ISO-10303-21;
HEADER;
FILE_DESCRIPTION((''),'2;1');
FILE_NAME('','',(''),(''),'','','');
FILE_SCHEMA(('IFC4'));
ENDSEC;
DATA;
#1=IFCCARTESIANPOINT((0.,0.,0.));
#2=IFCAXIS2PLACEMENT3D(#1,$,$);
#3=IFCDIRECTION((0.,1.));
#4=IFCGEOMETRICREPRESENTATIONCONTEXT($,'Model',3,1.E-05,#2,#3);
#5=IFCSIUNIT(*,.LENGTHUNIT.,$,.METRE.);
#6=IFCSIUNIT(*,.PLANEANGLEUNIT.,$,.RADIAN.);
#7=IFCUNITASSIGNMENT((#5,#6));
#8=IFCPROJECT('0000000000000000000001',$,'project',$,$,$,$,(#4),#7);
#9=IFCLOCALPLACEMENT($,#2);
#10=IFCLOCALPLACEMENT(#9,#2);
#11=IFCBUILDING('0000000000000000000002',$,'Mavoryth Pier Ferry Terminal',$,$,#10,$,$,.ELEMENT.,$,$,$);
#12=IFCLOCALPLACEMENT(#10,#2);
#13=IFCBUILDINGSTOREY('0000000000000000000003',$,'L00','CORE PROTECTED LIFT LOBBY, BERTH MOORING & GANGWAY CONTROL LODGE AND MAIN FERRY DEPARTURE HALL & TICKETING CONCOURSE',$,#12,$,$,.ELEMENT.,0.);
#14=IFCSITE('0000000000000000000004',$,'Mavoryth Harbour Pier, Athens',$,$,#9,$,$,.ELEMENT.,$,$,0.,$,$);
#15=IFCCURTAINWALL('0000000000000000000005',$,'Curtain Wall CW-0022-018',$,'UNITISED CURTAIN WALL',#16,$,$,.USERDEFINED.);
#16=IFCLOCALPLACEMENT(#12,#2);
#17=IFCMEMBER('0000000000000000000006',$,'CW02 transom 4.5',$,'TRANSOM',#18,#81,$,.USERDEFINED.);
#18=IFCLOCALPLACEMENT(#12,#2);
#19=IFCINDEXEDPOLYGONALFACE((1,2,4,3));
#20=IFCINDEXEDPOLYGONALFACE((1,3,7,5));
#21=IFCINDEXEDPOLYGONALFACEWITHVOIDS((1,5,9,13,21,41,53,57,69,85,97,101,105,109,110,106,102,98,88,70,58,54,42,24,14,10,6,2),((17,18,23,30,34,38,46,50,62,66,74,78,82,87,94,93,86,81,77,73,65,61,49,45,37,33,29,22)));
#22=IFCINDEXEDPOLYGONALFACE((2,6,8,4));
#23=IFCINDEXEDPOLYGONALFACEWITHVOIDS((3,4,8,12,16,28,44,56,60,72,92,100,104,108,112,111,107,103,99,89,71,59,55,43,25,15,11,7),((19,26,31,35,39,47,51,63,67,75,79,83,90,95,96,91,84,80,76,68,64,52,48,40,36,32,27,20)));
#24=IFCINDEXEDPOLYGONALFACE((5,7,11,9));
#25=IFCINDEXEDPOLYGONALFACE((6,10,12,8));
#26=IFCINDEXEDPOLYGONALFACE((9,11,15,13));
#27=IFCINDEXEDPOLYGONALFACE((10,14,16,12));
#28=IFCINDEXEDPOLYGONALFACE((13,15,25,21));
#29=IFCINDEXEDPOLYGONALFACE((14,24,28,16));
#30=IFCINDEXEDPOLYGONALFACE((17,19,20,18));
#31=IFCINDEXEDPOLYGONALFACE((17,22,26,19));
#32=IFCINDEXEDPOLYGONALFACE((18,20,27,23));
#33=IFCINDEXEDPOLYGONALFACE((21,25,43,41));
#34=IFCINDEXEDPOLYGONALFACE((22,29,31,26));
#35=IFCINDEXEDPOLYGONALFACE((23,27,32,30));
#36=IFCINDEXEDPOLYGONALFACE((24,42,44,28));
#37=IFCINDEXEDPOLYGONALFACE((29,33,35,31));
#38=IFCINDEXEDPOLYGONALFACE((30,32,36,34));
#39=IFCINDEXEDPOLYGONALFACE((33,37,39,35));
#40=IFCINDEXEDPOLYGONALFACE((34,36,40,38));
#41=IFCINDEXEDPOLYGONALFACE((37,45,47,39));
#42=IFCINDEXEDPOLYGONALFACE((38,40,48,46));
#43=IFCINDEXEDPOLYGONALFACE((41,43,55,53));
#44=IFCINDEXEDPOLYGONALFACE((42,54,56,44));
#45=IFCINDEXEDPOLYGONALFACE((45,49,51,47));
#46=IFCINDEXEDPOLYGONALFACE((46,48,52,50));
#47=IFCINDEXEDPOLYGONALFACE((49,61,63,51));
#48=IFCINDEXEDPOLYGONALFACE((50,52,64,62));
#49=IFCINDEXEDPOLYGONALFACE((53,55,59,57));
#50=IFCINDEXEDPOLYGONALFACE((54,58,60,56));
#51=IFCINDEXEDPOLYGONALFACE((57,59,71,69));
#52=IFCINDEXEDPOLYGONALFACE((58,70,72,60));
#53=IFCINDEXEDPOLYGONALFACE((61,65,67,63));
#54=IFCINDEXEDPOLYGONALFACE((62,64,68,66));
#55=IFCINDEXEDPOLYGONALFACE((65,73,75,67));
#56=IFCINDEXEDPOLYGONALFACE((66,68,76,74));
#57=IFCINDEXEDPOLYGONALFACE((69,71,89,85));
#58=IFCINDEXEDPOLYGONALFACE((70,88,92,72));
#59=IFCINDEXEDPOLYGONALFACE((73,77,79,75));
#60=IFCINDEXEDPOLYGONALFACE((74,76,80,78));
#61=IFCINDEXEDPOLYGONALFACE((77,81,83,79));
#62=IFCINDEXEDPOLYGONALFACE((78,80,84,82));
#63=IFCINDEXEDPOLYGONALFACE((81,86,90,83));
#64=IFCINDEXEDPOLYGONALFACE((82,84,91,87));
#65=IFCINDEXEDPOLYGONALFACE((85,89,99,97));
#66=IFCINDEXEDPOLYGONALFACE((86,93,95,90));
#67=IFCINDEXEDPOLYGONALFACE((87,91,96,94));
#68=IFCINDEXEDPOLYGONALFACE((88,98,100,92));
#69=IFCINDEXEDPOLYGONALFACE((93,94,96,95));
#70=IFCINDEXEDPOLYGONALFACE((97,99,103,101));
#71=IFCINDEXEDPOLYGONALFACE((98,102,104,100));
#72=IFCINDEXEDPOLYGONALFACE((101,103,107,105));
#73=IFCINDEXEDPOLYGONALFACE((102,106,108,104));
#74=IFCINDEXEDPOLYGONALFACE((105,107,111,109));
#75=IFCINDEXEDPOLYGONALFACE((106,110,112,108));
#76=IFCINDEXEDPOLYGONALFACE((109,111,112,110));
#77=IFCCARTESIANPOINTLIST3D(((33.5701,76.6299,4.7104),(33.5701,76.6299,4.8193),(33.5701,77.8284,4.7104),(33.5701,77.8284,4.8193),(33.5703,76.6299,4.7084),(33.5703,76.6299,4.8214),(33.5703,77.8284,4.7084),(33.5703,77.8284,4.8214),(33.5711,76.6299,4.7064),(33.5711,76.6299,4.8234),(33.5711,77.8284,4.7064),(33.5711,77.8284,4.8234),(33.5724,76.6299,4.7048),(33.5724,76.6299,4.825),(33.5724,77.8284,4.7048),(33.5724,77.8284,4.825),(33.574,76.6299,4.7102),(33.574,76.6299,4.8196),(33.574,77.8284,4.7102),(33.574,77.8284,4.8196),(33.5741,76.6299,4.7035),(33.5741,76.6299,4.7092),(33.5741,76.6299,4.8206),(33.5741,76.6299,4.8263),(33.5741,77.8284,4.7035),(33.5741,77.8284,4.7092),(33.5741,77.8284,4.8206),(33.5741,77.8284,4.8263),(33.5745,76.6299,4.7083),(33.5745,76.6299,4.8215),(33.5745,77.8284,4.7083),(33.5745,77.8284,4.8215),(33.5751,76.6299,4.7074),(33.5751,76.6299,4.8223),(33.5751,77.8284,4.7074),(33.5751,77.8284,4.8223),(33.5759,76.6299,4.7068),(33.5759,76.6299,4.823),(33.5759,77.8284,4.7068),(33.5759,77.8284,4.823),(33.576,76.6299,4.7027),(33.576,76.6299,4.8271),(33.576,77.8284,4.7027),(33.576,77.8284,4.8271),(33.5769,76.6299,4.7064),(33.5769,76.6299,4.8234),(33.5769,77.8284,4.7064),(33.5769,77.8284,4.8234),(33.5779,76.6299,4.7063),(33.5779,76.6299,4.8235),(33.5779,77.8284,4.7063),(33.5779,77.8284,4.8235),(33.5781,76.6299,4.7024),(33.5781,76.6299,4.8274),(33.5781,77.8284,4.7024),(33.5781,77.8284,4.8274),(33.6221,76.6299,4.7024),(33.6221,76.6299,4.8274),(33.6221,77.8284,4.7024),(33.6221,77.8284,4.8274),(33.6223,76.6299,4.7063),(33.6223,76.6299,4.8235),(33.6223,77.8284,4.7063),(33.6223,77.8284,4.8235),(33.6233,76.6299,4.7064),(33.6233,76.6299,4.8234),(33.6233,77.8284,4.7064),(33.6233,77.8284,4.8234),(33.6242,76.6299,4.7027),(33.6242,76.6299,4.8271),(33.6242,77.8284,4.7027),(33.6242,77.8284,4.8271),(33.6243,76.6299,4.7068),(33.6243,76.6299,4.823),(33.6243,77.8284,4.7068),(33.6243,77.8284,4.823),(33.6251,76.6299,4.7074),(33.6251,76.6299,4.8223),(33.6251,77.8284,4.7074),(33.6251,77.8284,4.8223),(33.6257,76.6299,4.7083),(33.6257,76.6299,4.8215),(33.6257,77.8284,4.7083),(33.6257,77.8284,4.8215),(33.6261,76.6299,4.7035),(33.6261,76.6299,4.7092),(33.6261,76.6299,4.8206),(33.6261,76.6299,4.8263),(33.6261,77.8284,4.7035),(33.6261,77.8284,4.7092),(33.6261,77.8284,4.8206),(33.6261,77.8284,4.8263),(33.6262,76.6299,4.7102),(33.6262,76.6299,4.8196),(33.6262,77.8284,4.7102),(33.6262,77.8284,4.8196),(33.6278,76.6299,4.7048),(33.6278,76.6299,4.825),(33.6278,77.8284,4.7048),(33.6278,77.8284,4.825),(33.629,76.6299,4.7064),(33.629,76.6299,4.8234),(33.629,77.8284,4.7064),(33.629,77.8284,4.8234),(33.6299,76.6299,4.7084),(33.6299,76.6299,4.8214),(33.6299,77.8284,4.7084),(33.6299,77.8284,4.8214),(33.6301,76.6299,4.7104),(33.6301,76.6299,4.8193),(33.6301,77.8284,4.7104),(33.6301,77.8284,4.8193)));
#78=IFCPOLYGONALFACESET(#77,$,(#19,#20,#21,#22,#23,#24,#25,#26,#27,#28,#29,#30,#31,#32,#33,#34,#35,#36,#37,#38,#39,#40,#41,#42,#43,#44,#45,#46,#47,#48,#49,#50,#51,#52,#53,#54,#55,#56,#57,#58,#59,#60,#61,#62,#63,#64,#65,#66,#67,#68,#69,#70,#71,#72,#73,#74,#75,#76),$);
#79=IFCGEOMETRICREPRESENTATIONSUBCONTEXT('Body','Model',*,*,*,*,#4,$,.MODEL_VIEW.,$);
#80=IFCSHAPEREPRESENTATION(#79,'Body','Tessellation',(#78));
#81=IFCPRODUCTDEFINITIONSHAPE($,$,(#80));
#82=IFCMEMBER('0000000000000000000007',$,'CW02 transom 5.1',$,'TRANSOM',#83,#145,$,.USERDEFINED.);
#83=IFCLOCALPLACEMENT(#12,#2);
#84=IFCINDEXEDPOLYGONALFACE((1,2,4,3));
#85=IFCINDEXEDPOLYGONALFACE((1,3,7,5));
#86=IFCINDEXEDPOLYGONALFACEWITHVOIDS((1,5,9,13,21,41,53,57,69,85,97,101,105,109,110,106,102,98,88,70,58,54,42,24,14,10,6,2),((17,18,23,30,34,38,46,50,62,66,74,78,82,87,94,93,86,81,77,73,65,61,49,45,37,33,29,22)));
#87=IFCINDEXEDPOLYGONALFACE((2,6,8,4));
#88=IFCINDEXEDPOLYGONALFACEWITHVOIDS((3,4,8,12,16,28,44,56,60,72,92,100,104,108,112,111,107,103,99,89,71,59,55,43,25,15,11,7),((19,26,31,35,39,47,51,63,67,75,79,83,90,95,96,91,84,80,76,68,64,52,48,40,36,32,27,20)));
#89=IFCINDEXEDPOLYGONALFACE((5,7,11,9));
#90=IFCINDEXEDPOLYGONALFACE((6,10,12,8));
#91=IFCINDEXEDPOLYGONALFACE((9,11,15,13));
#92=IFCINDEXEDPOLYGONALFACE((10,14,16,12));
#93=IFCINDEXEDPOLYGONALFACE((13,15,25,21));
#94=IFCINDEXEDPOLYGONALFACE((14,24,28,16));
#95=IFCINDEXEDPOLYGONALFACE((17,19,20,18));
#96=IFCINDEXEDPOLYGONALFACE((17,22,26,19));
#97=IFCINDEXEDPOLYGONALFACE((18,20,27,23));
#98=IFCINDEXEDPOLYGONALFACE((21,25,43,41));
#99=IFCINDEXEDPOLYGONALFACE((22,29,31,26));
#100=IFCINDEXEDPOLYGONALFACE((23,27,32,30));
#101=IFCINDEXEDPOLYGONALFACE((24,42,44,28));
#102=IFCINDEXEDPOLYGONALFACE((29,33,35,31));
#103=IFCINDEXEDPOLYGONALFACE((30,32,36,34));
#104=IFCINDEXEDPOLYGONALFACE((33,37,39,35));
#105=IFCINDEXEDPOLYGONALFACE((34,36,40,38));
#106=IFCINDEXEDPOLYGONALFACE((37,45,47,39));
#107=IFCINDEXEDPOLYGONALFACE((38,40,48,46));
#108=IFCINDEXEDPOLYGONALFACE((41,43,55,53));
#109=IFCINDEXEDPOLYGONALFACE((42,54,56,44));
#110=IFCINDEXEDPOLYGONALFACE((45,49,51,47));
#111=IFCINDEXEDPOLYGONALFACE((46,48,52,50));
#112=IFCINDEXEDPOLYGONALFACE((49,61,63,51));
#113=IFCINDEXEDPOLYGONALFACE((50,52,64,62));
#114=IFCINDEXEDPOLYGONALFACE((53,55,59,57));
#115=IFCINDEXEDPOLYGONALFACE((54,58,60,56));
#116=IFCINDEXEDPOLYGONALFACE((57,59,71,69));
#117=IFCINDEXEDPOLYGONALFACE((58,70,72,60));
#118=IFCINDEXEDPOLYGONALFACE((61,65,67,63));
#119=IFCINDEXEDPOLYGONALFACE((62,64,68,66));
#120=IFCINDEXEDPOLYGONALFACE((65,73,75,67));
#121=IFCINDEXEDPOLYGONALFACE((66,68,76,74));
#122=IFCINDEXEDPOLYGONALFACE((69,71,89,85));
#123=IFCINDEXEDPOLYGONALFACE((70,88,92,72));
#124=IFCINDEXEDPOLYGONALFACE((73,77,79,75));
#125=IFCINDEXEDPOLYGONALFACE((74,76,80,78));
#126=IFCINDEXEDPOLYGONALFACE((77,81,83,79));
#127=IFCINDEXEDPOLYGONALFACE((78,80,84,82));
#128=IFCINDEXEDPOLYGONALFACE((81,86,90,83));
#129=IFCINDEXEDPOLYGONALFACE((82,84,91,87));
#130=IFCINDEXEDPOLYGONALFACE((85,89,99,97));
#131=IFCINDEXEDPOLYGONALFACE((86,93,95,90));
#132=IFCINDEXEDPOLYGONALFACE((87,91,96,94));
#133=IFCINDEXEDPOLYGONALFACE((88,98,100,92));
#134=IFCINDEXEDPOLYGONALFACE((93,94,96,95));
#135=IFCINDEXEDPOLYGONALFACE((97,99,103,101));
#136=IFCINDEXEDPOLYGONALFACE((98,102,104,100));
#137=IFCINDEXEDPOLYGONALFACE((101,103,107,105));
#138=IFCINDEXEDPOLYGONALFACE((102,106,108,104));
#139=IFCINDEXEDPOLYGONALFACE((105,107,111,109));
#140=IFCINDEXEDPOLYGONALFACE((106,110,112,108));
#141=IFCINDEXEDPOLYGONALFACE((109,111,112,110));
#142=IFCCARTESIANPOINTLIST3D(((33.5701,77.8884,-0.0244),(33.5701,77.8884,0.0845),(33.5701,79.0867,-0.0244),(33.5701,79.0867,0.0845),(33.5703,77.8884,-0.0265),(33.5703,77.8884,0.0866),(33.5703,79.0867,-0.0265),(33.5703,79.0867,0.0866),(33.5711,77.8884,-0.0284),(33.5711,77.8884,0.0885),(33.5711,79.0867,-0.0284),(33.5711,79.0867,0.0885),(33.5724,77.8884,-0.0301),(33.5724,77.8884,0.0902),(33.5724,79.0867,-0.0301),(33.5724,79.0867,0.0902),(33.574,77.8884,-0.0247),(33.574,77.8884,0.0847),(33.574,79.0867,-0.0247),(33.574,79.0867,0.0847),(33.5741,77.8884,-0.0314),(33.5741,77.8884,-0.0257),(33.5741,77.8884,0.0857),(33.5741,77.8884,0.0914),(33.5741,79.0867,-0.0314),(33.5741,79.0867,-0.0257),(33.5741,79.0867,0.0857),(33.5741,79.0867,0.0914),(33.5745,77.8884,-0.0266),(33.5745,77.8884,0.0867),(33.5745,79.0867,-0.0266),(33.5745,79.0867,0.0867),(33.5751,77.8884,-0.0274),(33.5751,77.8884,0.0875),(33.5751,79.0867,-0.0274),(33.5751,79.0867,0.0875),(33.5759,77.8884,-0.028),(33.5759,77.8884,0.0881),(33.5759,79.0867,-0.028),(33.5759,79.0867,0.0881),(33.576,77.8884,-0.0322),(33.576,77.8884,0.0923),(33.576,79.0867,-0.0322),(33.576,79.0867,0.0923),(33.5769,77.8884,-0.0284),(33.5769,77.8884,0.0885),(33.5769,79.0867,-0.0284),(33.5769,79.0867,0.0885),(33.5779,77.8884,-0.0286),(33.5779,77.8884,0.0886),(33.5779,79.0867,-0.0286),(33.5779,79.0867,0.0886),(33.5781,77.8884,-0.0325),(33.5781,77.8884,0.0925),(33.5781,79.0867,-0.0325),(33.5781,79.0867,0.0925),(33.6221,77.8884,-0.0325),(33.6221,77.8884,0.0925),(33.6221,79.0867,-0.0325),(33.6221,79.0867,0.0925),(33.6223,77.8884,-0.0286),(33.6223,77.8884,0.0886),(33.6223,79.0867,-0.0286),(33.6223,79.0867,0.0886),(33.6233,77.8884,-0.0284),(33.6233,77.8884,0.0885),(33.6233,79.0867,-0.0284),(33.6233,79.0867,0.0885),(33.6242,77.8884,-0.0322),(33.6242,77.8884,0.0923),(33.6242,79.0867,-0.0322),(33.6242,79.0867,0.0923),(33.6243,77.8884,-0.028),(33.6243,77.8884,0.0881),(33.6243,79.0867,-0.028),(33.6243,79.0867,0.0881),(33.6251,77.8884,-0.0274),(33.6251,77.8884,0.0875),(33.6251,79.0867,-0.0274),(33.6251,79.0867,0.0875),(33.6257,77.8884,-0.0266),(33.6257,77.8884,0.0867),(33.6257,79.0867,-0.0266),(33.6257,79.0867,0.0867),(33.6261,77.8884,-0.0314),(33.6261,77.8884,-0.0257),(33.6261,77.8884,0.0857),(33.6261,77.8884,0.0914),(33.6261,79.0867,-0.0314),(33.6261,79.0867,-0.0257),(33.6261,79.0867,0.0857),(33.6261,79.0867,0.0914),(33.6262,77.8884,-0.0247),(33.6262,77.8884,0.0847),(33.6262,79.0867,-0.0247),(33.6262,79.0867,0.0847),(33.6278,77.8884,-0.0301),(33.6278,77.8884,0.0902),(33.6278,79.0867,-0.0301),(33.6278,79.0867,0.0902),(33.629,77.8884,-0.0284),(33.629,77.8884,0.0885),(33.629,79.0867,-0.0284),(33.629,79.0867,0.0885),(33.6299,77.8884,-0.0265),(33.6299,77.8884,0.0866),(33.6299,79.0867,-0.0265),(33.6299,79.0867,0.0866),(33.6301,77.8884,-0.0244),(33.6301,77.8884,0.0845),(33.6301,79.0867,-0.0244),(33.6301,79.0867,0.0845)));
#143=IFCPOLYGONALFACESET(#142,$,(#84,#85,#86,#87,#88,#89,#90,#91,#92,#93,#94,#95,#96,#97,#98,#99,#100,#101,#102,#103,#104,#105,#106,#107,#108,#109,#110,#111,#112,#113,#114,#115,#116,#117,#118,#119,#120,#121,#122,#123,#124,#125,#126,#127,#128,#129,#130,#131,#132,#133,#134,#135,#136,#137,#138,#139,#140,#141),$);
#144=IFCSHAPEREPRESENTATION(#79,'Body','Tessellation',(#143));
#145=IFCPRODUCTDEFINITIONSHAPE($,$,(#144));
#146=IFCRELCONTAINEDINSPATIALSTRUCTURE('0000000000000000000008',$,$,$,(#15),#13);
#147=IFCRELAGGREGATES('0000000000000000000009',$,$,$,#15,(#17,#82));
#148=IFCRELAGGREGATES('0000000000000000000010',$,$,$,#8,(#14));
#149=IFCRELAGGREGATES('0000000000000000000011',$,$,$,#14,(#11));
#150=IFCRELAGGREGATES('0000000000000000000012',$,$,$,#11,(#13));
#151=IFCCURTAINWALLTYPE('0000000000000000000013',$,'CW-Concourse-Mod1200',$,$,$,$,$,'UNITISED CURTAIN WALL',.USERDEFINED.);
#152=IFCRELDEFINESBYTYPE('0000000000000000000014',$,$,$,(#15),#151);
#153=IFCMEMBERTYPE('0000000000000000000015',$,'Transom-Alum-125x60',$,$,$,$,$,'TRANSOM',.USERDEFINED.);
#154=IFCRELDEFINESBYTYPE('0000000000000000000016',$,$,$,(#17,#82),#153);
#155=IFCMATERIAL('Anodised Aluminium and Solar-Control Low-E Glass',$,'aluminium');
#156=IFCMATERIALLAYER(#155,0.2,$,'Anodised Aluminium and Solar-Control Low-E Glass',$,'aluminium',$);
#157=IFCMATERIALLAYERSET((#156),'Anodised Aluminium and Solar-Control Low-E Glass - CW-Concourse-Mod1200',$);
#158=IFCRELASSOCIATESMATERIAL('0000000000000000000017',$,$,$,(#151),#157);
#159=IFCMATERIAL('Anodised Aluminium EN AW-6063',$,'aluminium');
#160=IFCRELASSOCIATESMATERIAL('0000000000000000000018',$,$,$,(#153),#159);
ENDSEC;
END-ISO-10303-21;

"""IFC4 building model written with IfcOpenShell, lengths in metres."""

from ifc_helpers import new_model, si_unit, direction, frame, origin, origin_2d, place, context, subcontext, project, spatial, hollow_rectangle, extrude, material, layer, layer_set, material_profile, profile_set, type_object, element, aggregate, save


model = new_model("IFC4")

# Units and contexts
model_context = context("Model", 3, precision=1e-05, world=origin(), true_north=direction((0.0, 1.0)))
body_context = subcontext(model_context, "Body", "Model", "MODEL_VIEW")
ifc_project = project(units=[si_unit("LENGTHUNIT", "METRE"), si_unit("PLANEANGLEUNIT", "RADIAN")], contexts=[model_context])

# Site, building, storey
site_placement = place(None, origin())
site = spatial("IfcSite", under=ifc_project, at=site_placement, Name="Mavoryth Harbour Pier, Athens", CompositionType="ELEMENT", RefElevation=0.0)
building_placement = place(site_placement, origin())
building = spatial("IfcBuilding", under=site, at=building_placement, Name="Mavoryth Pier Ferry Terminal", CompositionType="ELEMENT")
storey_placement = place(building_placement, origin())
storey = spatial("IfcBuildingStorey", under=building, at=storey_placement, Name="L00", Description="CORE PROTECTED LIFT LOBBY, BERTH MOORING & GANGWAY CONTROL LODGE AND MAIN FERRY DEPARTURE HALL & TICKETING CONCOURSE", CompositionType="ELEMENT", Elevation=0.0)

# Curtain wall, members
ifc_material_1 = material(Name="Anodised Aluminium and Solar-Control Low-E Glass", Category="aluminium")
ifc_layer_1 = layer(ifc_material_1, 0.2, Name="Anodised Aluminium and Solar-Control Low-E Glass", Category="aluminium")
ifc_layer_set_1 = layer_set([ifc_layer_1], Name="Anodised Aluminium and Solar-Control Low-E Glass - CW-Concourse-Mod1200")
curtain_wall_type = type_object("IfcCurtainWallType", Name="CW-Concourse-Mod1200", ElementType="UNITISED CURTAIN WALL", PredefinedType="USERDEFINED", material=ifc_layer_set_1)
curtain_wall_placement = place(storey_placement, origin())
curtain_wall = element("IfcCurtainWall", 1, at=curtain_wall_placement, inside=storey, type_object=curtain_wall_type, Name="Curtain Wall CW-0022-018", ObjectType="UNITISED CURTAIN WALL", PredefinedType="USERDEFINED")
ifc_material_2 = material(Name="Anodised Aluminium EN AW-6063", Category="aluminium")
ifc_material_profile_1 = material_profile(ifc_material_2, hollow_rectangle(XDim=0.0601, YDim=0.125, WallThickness=0.0039, InnerFilletRadius=0.0039, OuterFilletRadius=0.0081, at=origin_2d()), Name="AL-TRAN 125x60x4", Category="aluminium")
ifc_profile_set_1 = profile_set([ifc_material_profile_1], Name="Anodised Aluminium EN AW-6063 - AL-TRAN 125x60x4")
member_type_1 = type_object("IfcMemberType", Name="Transom-Alum-125x60", ElementType="TRANSOM", PredefinedType="USERDEFINED", material=ifc_profile_set_1)
member_1_placement = place(storey_placement, frame((33.6001, 76.6299, 4.7649), z_axis=(0.0, 1.0, 0.0), x_axis=(-1.0, 0.0, 0.0)))
member_1 = element("IfcMember", 2, at=member_1_placement, type_object=member_type_1, Name="CW02 transom 4.5", ObjectType="TRANSOM", PredefinedType="USERDEFINED", context=body_context, shape_type="SweptSolid", body=[
    extrude(hollow_rectangle(XDim=0.0601, YDim=0.125, WallThickness=0.0039, InnerFilletRadius=0.0039, OuterFilletRadius=0.0081, at=origin_2d()), origin(), (0.0, 0.0, 1.0), 1.1985),
])
member_2_placement = place(storey_placement, frame((33.6001, 77.8884, 0.03), z_axis=(0.0, 1.0, 0.0), x_axis=(-1.0, 0.0, 0.0)))
member_2 = element("IfcMember", 3, at=member_2_placement, type_object=member_type_1, Name="CW02 transom 5.1", ObjectType="TRANSOM", PredefinedType="USERDEFINED", context=body_context, shape_type="SweptSolid", body=[
    extrude(hollow_rectangle(XDim=0.0601, YDim=0.125, WallThickness=0.0039, InnerFilletRadius=0.0039, OuterFilletRadius=0.0081, at=origin_2d()), origin(), (0.0, 0.0, 1.0), 1.1982),
])
aggregate(curtain_wall, [member_1, member_2])

save(model, "model.ifc")
